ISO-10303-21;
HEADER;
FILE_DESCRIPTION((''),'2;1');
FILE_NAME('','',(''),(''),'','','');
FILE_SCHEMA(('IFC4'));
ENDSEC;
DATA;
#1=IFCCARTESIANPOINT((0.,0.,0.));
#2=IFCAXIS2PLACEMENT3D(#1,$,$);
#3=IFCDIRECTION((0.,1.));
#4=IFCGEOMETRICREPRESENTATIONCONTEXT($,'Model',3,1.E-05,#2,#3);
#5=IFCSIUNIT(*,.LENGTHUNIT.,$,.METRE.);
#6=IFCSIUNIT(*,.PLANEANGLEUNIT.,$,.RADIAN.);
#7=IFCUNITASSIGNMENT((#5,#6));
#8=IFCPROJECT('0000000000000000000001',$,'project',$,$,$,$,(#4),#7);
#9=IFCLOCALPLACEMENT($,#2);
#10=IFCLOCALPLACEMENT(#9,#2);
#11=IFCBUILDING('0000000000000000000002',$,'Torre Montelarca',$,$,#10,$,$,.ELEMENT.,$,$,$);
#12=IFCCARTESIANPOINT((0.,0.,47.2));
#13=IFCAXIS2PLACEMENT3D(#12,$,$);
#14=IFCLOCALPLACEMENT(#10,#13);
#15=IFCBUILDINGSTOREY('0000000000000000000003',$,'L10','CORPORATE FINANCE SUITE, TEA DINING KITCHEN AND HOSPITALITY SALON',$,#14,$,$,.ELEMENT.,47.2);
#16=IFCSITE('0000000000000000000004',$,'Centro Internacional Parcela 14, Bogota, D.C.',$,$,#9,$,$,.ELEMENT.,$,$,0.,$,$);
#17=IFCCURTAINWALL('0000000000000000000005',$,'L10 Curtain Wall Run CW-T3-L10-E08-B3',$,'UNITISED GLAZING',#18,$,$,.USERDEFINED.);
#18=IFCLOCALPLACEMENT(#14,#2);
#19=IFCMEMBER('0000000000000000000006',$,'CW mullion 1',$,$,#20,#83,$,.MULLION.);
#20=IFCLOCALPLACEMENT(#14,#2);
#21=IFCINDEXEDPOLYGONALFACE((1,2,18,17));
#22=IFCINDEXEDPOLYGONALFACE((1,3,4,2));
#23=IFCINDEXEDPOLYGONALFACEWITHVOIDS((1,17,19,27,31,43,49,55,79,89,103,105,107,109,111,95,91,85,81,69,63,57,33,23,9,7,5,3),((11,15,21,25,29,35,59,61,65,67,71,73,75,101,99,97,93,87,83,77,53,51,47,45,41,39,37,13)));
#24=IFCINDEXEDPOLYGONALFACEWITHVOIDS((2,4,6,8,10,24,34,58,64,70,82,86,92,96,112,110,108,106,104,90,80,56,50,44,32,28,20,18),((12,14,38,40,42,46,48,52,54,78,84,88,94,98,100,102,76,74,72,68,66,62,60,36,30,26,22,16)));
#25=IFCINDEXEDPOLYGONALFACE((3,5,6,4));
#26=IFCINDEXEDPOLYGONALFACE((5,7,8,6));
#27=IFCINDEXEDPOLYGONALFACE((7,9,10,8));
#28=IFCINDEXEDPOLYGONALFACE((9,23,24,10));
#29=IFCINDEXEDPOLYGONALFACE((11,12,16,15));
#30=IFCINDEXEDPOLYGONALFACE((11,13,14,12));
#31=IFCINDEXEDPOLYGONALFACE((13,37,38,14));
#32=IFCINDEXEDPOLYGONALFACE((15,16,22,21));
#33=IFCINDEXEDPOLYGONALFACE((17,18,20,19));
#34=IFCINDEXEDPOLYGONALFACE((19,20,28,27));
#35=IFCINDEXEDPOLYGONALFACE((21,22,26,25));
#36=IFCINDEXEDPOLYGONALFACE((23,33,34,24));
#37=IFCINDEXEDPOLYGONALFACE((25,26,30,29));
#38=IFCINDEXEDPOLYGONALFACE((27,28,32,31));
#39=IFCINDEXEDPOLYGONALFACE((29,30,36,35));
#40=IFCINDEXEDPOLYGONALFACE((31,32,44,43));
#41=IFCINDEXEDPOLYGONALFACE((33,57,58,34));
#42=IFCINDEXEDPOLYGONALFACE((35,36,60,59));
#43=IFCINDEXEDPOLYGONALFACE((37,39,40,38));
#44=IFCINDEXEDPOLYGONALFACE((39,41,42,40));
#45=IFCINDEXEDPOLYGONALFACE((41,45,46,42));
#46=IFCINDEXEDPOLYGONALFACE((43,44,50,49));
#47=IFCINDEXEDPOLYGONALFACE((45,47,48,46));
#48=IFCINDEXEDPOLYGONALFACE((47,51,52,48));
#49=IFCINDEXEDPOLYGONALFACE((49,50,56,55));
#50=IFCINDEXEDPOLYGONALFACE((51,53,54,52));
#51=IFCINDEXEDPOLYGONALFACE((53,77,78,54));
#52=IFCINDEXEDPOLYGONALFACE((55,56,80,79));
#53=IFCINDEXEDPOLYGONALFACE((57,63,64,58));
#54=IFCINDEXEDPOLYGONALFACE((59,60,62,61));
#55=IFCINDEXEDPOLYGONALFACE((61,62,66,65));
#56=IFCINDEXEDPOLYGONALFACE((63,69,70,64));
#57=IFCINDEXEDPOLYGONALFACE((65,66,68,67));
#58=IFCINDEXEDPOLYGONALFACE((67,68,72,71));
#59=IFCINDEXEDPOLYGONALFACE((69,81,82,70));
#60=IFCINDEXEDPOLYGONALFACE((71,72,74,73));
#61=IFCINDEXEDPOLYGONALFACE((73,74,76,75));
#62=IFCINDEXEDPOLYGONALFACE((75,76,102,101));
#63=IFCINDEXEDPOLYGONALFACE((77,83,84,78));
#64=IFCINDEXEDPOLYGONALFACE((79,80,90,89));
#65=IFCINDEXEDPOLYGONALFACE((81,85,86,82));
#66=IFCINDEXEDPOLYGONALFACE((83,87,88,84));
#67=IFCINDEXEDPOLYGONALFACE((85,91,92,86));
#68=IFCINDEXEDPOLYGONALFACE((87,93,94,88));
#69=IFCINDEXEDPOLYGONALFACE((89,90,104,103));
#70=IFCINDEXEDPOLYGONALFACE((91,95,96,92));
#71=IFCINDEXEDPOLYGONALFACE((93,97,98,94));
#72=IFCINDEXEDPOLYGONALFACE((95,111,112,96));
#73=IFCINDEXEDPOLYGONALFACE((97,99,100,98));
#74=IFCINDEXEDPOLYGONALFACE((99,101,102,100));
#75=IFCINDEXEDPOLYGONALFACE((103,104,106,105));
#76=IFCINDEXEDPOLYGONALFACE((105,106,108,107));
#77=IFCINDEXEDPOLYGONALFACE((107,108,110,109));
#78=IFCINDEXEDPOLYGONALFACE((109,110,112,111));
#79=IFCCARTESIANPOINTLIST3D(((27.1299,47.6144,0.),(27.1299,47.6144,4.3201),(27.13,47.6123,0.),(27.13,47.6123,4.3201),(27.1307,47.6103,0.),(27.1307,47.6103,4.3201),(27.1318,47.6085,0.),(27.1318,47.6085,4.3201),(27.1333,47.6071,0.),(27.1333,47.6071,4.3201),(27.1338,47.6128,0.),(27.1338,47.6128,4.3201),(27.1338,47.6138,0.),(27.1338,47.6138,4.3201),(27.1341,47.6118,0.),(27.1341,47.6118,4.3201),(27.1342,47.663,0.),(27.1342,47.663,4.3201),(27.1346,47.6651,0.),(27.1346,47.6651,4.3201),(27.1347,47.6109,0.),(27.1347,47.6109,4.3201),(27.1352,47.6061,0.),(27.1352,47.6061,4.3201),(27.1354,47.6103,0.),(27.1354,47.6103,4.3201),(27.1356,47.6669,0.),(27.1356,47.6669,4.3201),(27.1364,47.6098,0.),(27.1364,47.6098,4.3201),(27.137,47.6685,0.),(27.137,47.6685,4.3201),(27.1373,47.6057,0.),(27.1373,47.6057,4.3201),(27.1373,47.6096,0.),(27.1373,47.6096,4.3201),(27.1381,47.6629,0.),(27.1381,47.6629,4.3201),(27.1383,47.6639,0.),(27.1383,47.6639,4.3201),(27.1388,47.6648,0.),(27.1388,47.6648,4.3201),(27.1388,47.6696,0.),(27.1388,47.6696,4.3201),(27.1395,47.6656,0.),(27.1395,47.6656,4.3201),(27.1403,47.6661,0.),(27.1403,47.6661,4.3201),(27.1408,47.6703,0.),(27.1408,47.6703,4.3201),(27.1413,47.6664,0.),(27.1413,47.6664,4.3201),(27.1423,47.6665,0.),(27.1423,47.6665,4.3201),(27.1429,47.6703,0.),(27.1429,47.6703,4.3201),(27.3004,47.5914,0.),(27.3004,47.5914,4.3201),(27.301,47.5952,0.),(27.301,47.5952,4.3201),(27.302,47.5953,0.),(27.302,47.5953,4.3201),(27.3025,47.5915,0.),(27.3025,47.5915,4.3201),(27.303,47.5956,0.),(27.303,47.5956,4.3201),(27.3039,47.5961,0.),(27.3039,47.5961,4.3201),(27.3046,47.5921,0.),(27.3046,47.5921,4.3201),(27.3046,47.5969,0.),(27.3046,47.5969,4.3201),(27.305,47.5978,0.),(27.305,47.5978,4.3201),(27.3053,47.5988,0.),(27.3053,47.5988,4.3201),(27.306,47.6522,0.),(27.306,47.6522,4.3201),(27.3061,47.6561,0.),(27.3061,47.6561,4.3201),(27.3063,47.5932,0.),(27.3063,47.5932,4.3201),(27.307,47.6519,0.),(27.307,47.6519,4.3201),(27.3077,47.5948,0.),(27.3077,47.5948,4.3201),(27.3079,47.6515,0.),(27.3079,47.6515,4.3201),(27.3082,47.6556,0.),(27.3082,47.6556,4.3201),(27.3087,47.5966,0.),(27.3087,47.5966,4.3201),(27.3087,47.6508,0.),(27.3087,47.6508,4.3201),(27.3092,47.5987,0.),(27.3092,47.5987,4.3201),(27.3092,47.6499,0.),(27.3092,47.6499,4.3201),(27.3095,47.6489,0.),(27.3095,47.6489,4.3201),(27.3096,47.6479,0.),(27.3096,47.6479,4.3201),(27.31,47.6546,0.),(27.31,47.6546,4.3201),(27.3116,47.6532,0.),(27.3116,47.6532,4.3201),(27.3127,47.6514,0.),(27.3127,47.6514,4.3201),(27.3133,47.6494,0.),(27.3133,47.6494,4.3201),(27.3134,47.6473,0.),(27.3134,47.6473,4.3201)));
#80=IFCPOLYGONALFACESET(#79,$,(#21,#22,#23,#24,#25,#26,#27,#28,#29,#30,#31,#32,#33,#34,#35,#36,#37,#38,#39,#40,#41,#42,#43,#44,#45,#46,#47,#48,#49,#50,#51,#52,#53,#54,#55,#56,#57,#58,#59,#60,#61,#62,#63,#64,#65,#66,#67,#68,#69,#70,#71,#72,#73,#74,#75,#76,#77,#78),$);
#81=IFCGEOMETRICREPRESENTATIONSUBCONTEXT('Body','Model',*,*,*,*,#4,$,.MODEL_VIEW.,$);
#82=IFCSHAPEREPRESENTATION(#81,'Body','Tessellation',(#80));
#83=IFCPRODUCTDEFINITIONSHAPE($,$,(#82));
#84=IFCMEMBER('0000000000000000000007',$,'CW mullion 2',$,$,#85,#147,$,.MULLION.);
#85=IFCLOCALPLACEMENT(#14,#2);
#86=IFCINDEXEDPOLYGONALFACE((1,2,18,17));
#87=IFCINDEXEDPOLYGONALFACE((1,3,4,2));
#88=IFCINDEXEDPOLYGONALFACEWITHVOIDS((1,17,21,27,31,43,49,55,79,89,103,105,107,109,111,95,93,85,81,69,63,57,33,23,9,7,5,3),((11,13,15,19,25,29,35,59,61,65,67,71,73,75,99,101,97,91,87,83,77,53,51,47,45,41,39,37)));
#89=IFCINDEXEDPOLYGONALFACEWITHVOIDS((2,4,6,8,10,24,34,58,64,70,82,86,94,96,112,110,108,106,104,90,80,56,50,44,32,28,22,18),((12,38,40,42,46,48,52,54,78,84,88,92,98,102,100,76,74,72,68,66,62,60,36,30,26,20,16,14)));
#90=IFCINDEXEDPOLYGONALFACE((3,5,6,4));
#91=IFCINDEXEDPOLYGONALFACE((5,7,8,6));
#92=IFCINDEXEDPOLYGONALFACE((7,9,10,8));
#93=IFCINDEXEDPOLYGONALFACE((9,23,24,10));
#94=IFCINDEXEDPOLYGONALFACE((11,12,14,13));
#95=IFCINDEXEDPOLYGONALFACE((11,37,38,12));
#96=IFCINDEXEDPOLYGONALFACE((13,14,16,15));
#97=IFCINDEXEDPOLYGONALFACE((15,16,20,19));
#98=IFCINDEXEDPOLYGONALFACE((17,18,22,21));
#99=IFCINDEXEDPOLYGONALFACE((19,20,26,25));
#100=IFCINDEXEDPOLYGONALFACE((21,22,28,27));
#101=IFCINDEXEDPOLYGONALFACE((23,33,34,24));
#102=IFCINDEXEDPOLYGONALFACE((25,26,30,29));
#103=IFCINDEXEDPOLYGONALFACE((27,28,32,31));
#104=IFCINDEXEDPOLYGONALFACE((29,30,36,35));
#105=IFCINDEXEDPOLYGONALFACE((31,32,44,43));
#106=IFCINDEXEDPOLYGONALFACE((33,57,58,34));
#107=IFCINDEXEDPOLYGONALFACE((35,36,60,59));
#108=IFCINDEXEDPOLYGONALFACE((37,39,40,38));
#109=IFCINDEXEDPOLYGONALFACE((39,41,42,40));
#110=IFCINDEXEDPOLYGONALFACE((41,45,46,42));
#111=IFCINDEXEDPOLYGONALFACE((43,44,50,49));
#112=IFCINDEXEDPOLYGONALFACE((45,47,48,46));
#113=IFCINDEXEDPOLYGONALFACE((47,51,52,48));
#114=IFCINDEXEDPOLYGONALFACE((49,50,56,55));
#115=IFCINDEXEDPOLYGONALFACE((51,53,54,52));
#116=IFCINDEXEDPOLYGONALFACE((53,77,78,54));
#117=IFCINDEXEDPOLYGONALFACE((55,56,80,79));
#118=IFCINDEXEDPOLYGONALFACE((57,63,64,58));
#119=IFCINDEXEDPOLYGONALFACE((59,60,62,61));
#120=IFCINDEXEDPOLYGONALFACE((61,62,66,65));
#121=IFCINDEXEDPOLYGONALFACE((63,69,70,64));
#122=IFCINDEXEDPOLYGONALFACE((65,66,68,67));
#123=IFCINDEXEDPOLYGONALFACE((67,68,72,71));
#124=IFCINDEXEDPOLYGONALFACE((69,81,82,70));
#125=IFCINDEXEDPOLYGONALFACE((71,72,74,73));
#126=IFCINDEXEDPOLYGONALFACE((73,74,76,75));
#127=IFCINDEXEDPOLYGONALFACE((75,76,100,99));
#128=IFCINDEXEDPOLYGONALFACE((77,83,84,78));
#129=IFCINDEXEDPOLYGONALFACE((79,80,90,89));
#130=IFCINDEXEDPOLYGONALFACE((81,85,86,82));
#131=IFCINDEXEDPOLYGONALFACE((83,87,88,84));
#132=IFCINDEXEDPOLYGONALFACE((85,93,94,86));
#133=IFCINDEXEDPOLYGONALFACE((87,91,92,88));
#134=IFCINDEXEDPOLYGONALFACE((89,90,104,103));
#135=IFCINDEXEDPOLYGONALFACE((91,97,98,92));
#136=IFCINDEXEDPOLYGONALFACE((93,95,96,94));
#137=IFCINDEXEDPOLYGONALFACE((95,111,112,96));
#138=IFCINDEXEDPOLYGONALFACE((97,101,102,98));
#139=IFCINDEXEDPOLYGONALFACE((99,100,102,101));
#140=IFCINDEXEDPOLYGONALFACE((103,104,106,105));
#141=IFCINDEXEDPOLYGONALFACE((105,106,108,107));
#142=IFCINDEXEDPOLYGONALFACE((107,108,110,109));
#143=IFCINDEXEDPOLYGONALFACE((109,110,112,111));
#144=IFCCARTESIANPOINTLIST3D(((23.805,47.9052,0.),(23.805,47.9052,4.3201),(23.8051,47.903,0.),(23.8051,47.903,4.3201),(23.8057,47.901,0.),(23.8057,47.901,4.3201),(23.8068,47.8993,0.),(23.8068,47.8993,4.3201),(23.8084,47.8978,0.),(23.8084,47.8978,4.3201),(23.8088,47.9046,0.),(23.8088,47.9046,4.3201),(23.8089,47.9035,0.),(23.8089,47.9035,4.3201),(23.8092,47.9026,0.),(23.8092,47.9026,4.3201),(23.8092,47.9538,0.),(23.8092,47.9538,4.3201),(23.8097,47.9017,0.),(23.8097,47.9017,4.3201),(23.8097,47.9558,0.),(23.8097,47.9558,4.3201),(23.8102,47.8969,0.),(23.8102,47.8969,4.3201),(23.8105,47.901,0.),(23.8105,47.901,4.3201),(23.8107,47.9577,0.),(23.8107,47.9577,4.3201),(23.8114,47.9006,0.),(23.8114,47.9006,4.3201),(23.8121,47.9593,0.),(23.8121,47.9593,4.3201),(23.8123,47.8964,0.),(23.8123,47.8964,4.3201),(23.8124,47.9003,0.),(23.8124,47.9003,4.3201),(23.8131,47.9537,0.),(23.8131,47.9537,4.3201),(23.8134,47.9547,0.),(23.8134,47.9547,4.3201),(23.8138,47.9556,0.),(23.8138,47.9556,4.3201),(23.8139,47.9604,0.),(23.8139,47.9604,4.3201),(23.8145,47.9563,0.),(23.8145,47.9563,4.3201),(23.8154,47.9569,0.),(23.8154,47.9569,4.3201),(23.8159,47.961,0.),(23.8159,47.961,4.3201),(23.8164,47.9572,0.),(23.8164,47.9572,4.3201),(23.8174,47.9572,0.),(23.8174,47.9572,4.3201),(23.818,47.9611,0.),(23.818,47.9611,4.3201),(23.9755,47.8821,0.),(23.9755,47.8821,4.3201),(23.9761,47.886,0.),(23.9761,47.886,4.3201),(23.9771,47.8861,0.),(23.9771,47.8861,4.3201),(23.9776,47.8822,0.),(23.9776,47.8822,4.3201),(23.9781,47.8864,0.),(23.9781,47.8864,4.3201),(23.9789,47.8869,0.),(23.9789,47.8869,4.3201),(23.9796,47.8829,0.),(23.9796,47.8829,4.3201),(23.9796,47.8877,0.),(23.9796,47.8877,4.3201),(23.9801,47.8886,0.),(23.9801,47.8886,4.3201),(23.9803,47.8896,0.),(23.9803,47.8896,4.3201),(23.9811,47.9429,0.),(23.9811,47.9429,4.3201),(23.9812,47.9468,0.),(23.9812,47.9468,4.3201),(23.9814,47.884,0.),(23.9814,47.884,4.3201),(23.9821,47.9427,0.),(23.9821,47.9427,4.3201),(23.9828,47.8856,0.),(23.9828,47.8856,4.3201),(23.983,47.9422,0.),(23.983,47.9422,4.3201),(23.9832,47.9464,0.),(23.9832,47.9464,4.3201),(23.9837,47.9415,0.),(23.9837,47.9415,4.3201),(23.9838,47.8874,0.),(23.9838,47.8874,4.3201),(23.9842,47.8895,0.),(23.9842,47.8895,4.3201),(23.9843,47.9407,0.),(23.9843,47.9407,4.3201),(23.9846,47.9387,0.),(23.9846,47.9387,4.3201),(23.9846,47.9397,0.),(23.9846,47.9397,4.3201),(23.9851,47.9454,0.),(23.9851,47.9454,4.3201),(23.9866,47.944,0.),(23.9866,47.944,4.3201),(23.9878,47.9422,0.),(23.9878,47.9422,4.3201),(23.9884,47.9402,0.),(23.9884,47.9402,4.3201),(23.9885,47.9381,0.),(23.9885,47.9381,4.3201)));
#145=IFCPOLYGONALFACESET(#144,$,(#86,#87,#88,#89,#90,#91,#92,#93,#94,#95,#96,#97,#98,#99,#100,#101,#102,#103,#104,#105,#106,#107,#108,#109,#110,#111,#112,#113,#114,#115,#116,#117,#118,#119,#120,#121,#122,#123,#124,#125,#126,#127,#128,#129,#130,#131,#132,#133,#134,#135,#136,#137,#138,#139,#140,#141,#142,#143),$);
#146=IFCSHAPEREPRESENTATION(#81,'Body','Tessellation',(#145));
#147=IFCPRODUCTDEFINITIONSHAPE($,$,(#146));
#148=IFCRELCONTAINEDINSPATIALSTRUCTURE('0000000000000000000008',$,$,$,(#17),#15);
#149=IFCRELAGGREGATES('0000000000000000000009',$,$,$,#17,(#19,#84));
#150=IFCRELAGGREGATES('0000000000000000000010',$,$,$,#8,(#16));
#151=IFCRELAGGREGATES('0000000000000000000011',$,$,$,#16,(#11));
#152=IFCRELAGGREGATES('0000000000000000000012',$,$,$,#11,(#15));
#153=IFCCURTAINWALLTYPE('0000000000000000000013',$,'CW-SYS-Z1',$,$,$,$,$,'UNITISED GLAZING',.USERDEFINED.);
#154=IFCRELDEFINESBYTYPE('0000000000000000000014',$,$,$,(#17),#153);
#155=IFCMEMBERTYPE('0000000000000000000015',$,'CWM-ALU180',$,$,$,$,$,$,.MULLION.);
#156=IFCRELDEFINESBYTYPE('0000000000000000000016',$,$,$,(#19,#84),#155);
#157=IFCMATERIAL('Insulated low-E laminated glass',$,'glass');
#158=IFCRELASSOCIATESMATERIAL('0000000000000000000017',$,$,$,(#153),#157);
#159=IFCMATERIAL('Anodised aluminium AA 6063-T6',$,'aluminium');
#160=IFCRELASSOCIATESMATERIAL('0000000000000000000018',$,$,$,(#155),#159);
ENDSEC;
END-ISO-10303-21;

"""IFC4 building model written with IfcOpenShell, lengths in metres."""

from ifc_helpers import new_model, si_unit, direction, frame, origin, origin_2d, place, context, subcontext, project, spatial, hollow_rectangle, extrude, source, transform, mapped, material, material_profile, profile_set, type_object, element, aggregate, save


model = new_model("IFC4")

# Units and contexts
model_context = context("Model", 3, precision=1e-05, world=origin(), true_north=direction((0.0, 1.0)))
body_context = subcontext(model_context, "Body", "Model", "MODEL_VIEW")
ifc_project = project(units=[si_unit("LENGTHUNIT", "METRE"), si_unit("PLANEANGLEUNIT", "RADIAN")], contexts=[model_context])

# Site, building, storey
site_placement = place(None, origin())
site = spatial("IfcSite", under=ifc_project, at=site_placement, Name="Centro Internacional Parcela 14, Bogota, D.C.", CompositionType="ELEMENT", RefElevation=0.0)
building_placement = place(site_placement, origin())
building = spatial("IfcBuilding", under=site, at=building_placement, Name="Torre Montelarca", CompositionType="ELEMENT")
storey_placement = place(building_placement, frame((0.0, 0.0, 47.2)))
storey = spatial("IfcBuildingStorey", under=building, at=storey_placement, Name="L10", Description="CORPORATE FINANCE SUITE, TEA DINING KITCHEN AND HOSPITALITY SALON", CompositionType="ELEMENT", Elevation=47.2)

# Shared definitions
ifc_material_1 = material(Name="Insulated low-E laminated glass", Category="glass")
curtain_wall_type = type_object("IfcCurtainWallType", Name="CW-SYS-Z1", ElementType="UNITISED GLAZING", PredefinedType="USERDEFINED", material=ifc_material_1)
ifc_material_2 = material(Name="Anodised aluminium AA 6063-T6", Category="aluminium")
ifc_material_profile_1 = material_profile(ifc_material_2, hollow_rectangle(XDim=0.0649, YDim=0.1799, WallThickness=0.0039, InnerFilletRadius=0.0039, OuterFilletRadius=0.0081, at=origin_2d()), Name="ALU65X180X4", Category="aluminium")
ifc_profile_set_1 = profile_set([ifc_material_profile_1], Name="Anodised aluminium AA 6063-T6")
member_type_1 = type_object("IfcMemberType", Name="CWM-ALU180", PredefinedType="MULLION", material=ifc_profile_set_1)
shared_shape_1 = source(origin(), body_context, "Body", "SweptSolid", [
    extrude(hollow_rectangle(XDim=0.0649, YDim=0.1799, WallThickness=0.0039, InnerFilletRadius=0.0039, OuterFilletRadius=0.0081, at=origin_2d()), origin(), (0.0, 0.0, 1.0), 4.3201),
])

# Curtain wall, members
curtain_wall_1_placement = place(storey_placement, origin())
curtain_wall_1 = element("IfcCurtainWall", 1, at=curtain_wall_1_placement, inside=storey, type_object=curtain_wall_type, Name="L10 Curtain Wall Run CW-T3-L10-E08-B3", ObjectType="UNITISED GLAZING", PredefinedType="USERDEFINED")
member_1_placement = place(storey_placement, frame((27.2217, 47.6309, 0.0), z_axis=(0.0, 0.0, 1.0), x_axis=(-0.087151, -0.996195, 0.0)))
member_1 = element("IfcMember", 2, at=member_1_placement, type_object=member_type_1, Name="CW mullion 1", PredefinedType="MULLION", context=body_context, shape_type="MappedRepresentation", body=[
    mapped(shared_shape_1, transform((0.0, 0.0, 0.0), scale=1.0)),
])
member_2_placement = place(storey_placement, frame((23.8967, 47.9216, 0.0), z_axis=(0.0, 0.0, 1.0), x_axis=(-0.087151, -0.996195, 0.0)))
member_2 = element("IfcMember", 3, at=member_2_placement, type_object=member_type_1, Name="CW mullion 2", PredefinedType="MULLION", context=body_context, shape_type="MappedRepresentation", body=[
    mapped(shared_shape_1, transform((0.0, 0.0, 0.0), scale=1.0)),
])

aggregate(curtain_wall_1, [member_1, member_2])

save(model, "model.ifc")
